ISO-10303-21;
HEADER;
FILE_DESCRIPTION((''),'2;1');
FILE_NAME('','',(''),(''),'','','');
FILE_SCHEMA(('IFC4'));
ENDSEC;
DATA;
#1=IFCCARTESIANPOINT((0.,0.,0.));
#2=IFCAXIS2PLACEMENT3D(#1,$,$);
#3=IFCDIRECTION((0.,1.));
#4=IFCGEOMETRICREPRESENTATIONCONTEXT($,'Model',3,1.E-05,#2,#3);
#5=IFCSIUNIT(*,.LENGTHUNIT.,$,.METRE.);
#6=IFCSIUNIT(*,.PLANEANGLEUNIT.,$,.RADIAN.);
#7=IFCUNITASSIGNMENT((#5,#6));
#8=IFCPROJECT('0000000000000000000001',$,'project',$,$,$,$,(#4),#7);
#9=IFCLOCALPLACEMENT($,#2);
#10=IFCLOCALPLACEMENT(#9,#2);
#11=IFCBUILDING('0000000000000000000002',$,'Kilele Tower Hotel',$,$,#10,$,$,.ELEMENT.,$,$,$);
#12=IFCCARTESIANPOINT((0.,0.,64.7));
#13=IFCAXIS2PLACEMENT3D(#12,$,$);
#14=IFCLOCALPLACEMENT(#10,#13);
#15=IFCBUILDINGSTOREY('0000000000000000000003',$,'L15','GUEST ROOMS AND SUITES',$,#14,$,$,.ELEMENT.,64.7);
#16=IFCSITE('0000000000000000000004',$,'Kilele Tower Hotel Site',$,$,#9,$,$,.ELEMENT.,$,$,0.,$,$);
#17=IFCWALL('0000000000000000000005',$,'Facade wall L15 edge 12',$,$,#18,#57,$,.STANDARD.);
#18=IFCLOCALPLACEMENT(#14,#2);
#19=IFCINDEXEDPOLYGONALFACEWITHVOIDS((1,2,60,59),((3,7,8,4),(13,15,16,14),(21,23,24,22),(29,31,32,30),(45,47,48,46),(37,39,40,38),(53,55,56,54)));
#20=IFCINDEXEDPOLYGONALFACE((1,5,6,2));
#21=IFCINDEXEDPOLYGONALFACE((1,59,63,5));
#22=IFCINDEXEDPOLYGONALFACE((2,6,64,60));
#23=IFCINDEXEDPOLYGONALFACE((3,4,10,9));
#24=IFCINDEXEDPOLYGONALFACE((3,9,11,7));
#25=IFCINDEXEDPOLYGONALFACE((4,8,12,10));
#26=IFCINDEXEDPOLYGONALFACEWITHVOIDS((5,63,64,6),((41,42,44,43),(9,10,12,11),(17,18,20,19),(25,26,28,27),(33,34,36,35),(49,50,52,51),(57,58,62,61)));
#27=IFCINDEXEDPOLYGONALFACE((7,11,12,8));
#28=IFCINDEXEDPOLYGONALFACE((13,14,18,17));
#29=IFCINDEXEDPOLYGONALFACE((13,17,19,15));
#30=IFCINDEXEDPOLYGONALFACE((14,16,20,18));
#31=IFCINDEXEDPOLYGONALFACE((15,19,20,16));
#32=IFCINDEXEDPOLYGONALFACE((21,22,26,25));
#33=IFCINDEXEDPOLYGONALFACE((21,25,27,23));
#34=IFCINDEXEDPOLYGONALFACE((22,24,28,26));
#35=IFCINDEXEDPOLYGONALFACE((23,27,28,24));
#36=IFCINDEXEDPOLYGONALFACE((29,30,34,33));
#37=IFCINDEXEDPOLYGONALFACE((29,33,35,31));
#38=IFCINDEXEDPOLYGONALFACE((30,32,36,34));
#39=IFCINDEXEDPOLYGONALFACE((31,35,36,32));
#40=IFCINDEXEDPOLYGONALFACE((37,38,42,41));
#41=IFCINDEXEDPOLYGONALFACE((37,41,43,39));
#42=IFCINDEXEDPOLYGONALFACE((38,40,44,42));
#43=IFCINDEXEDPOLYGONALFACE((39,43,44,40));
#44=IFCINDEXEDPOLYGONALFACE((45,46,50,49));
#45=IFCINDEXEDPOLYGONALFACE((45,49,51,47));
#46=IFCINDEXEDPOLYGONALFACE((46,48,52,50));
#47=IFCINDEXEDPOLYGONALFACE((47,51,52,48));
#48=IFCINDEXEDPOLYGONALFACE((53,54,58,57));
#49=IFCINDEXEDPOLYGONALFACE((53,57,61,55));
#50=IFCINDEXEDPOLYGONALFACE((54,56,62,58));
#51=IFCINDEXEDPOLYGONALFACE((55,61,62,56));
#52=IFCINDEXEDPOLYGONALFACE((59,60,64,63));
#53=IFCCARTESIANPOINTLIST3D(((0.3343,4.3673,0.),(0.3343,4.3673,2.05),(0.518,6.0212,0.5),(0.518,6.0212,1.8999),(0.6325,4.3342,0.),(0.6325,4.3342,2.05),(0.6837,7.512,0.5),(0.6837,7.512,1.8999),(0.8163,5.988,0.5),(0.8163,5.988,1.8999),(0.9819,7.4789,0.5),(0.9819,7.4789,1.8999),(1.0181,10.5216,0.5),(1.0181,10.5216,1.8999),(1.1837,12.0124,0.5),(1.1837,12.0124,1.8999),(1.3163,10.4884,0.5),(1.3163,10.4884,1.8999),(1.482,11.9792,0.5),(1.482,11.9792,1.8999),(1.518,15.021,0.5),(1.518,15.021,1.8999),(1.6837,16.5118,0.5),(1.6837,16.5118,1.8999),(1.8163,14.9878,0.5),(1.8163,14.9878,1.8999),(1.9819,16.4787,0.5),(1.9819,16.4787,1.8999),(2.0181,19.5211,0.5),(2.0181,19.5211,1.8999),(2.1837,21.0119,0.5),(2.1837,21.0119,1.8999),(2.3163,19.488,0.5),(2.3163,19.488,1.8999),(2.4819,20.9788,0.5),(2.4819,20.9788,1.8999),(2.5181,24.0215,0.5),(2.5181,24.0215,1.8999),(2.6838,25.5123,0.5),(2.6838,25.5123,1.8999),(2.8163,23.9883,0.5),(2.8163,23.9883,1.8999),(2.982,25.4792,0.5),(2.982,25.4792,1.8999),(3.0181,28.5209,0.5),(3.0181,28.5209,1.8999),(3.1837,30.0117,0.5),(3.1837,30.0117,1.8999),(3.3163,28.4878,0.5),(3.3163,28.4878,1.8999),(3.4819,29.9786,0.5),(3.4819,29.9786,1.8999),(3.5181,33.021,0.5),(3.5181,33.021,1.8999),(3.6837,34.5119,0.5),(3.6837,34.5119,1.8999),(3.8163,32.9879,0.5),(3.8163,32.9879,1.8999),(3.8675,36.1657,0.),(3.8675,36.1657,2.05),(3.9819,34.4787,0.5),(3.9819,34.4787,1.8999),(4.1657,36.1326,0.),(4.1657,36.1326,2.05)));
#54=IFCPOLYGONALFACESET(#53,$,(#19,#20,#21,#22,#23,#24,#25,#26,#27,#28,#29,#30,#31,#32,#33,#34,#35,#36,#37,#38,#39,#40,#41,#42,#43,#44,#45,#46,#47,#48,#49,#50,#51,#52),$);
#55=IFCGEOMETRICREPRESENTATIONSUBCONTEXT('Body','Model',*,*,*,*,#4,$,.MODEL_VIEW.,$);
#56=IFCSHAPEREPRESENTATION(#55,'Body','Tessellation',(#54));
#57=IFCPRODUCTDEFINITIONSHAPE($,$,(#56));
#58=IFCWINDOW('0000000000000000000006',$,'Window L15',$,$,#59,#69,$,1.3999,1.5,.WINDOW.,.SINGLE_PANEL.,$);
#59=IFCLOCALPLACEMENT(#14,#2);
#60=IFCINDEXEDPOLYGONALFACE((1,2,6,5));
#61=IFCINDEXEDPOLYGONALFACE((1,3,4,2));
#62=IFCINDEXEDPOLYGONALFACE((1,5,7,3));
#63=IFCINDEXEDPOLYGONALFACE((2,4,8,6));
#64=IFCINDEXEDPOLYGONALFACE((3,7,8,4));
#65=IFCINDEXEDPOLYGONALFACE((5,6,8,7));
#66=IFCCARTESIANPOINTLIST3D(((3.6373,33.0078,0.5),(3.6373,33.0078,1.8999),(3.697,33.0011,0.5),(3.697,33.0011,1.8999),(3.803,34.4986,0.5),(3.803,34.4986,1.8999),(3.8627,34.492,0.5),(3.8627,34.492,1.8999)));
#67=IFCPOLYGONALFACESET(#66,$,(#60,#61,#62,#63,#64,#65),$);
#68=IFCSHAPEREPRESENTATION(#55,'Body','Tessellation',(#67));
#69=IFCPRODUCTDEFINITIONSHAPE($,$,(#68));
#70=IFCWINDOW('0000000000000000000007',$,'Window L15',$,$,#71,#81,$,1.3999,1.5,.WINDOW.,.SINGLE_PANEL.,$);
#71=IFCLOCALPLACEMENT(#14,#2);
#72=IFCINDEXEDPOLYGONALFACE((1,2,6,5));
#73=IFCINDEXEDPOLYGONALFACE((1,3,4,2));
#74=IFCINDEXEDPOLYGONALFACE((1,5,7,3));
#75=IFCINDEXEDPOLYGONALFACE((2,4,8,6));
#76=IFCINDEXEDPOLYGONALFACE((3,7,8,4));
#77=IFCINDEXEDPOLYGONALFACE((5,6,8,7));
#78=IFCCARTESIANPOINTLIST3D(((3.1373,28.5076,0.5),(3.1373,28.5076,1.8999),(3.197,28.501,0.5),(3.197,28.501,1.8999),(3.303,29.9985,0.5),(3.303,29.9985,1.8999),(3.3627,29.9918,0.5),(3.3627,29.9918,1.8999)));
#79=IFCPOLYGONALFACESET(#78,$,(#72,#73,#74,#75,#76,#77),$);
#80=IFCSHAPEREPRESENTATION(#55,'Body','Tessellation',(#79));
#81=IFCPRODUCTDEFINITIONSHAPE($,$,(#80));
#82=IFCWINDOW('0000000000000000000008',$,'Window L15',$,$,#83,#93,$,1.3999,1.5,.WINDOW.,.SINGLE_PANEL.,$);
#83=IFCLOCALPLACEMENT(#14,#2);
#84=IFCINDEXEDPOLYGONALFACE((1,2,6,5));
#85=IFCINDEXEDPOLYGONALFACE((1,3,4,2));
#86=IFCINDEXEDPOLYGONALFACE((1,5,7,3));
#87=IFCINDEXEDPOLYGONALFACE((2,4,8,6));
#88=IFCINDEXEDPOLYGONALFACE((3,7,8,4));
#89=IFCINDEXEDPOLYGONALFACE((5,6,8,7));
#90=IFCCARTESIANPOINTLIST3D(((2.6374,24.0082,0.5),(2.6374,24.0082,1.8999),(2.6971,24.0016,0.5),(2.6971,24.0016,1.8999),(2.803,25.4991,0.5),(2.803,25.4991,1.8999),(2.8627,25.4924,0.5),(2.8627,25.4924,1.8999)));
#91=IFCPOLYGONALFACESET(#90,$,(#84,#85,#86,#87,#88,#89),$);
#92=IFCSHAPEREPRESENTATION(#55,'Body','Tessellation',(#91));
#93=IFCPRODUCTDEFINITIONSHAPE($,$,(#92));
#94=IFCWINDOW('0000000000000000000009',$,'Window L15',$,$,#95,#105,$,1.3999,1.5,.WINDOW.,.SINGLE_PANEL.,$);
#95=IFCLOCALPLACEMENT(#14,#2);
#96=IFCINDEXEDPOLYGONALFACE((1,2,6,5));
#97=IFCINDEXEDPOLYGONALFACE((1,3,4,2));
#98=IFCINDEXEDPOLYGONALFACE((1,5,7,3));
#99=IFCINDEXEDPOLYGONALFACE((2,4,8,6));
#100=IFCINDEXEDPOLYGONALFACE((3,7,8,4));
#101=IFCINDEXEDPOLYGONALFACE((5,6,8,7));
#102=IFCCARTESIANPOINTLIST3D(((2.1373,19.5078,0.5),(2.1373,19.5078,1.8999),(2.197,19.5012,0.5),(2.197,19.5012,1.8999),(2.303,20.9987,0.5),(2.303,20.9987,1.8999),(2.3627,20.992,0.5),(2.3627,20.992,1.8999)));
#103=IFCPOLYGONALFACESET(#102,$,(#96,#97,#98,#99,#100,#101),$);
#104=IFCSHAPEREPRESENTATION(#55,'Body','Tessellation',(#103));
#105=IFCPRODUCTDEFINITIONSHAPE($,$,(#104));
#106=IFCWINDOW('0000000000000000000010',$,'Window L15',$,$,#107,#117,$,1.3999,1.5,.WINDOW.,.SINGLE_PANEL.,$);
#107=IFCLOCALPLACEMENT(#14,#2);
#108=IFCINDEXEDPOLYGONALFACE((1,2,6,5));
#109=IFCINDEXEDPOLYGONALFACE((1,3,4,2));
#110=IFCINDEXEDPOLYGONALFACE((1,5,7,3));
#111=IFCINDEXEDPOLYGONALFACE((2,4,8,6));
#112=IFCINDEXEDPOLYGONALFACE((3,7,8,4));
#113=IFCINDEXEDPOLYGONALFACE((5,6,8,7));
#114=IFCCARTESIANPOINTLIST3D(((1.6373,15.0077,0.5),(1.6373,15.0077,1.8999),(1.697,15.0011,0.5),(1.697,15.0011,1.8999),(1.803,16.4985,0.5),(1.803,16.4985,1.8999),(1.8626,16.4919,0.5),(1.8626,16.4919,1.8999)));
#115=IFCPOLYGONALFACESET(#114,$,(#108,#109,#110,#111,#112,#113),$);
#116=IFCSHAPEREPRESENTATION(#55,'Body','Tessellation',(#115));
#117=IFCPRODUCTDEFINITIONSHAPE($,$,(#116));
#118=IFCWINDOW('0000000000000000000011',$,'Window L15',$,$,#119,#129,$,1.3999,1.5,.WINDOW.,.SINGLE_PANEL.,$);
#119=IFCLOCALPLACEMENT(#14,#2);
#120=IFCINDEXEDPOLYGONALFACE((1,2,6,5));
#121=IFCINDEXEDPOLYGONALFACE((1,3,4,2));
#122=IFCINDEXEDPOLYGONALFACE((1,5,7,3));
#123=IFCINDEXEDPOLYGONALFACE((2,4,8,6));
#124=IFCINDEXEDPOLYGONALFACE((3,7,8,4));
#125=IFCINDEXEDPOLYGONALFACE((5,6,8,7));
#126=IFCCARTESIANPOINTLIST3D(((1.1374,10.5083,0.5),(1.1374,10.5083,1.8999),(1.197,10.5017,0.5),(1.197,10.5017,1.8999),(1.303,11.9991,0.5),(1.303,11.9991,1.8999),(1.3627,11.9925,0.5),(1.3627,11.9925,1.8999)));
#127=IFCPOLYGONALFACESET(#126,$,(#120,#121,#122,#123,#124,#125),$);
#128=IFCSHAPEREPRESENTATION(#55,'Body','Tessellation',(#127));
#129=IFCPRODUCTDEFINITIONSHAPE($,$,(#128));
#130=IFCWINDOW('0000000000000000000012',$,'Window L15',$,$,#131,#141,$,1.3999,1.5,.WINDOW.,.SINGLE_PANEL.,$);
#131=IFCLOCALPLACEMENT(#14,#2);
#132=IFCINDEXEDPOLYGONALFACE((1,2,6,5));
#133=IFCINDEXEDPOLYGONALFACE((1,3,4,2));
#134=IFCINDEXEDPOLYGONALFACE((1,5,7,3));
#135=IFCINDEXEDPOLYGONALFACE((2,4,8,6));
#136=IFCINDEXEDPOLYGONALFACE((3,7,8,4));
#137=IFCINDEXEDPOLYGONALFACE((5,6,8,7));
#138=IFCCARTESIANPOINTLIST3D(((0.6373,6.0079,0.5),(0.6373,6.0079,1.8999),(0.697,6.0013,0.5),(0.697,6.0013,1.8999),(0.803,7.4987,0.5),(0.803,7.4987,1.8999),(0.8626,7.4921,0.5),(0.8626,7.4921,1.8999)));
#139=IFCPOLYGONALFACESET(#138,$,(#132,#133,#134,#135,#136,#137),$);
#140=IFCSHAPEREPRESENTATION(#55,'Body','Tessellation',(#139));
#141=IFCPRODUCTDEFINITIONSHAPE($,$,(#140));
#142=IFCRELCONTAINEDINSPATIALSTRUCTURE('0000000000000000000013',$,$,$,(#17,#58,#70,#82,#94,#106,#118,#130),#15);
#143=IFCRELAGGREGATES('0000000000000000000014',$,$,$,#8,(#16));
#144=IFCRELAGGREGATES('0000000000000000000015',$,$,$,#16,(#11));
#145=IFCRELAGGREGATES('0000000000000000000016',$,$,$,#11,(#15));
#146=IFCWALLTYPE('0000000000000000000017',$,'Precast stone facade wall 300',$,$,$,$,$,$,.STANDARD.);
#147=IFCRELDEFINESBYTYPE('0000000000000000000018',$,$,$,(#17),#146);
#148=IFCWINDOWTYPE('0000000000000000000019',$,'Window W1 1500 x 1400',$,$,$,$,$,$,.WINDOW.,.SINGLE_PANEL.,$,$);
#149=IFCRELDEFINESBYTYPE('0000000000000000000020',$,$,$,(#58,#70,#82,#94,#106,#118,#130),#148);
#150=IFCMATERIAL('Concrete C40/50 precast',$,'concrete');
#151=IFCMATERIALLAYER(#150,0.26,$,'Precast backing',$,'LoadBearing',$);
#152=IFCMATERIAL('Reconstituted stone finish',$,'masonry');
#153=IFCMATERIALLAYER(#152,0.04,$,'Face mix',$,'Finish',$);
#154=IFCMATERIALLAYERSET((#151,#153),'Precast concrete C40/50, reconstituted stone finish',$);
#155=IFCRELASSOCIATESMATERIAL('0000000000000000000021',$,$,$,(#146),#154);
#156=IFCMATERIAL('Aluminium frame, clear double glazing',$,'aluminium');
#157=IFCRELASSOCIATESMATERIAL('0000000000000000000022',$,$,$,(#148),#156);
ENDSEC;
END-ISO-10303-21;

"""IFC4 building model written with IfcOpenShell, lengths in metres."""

from ifc_helpers import new_model, si_unit, direction, frame, frame_2d, origin, place, context, subcontext, project, spatial, rectangle, extrude, material, layer, layer_set, type_object, element, fill, save


model = new_model("IFC4")

# Units and contexts
model_context = context("Model", 3, precision=1e-05, world=origin(), true_north=direction((0.0, 1.0)))
body_context = subcontext(model_context, "Body", "Model", "MODEL_VIEW")
ifc_project = project(units=[si_unit("LENGTHUNIT", "METRE"), si_unit("PLANEANGLEUNIT", "RADIAN")], contexts=[model_context])

# Site, building, storey
site_placement = place(None, origin())
site = spatial("IfcSite", under=ifc_project, at=site_placement, Name="Kilele Tower Hotel Site", CompositionType="ELEMENT", RefElevation=0.0)
building_placement = place(site_placement, origin())
building = spatial("IfcBuilding", under=site, at=building_placement, Name="Kilele Tower Hotel", CompositionType="ELEMENT")
storey_placement = place(building_placement, frame((0.0, 0.0, 64.7)))
storey = spatial("IfcBuildingStorey", under=building, at=storey_placement, Name="L15", Description="GUEST ROOMS AND SUITES", CompositionType="ELEMENT", Elevation=64.7)

# Shared definitions
ifc_material_1 = material(Name="Concrete C40/50 precast", Category="concrete")
ifc_layer_1 = layer(ifc_material_1, 0.26, Name="Precast backing", Category="LoadBearing")
ifc_material_2 = material(Name="Reconstituted stone finish", Category="masonry")
ifc_layer_2 = layer(ifc_material_2, 0.04, Name="Face mix", Category="Finish")
ifc_layer_set_1 = layer_set([ifc_layer_1, ifc_layer_2], Name="Precast concrete C40/50, reconstituted stone finish")
wall_type_1 = type_object("IfcWallType", Name="Precast stone facade wall 300", PredefinedType="STANDARD", material=ifc_layer_set_1)
ifc_material_3 = material(Name="Aluminium frame, clear double glazing", Category="aluminium")
window_type_1 = type_object("IfcWindowType", Name="Window W1 1500 x 1400", PartitioningType="SINGLE_PANEL", PredefinedType="WINDOW", material=ifc_material_3)

# Wall, openings, windows
wall_1_placement = place(storey_placement, frame((4.0166, 36.1492, 0.0), z_axis=(0.0, 0.0, 1.0), x_axis=(-0.110433, -0.993884, 0.0)))
wall_1 = element("IfcWall", 1, at=wall_1_placement, inside=storey, type_object=wall_type_1, Name="Facade wall L15 edge 12", PredefinedType="STANDARD", context=body_context, shape_type="SweptSolid", body=[
    extrude(rectangle(XDim=31.9941, YDim=0.3, at=frame_2d((15.9971, 0.0))), origin(), (0.0, 0.0, 1.0), 2.05),
])
opening_1_placement = place(wall_1_placement, frame((1.6641, 0.0, 0.5)))
opening_1 = element("IfcOpeningElement", 2, at=opening_1_placement, cuts=wall_1, PredefinedType="OPENING", context=body_context, shape_type="SweptSolid", body=[
    extrude(rectangle(XDim=1.5, YDim=1.3999, at=frame_2d((0.75, 0.7))), frame((0.0, 0.1599, 0.0), z_axis=(0.0, -1.0, 0.0), x_axis=(1.0, 0.0, 0.0)), (0.0, 0.0, 1.0), 0.3201),
])
opening_2_placement = place(wall_1_placement, frame((6.1919, 0.0, 0.5)))
opening_2 = element("IfcOpeningElement", 3, at=opening_2_placement, cuts=wall_1, PredefinedType="OPENING", context=body_context, shape_type="SweptSolid", body=[
    extrude(rectangle(XDim=1.5, YDim=1.3999, at=frame_2d((0.75, 0.7))), frame((0.0, 0.1599, 0.0), z_axis=(0.0, -1.0, 0.0), x_axis=(1.0, 0.0, 0.0)), (0.0, 0.0, 1.0), 0.3201),
])
opening_3_placement = place(wall_1_placement, frame((10.719, 0.0, 0.5)))
opening_3 = element("IfcOpeningElement", 4, at=opening_3_placement, cuts=wall_1, PredefinedType="OPENING", context=body_context, shape_type="SweptSolid", body=[
    extrude(rectangle(XDim=1.5, YDim=1.3999, at=frame_2d((0.75, 0.7))), frame((0.0, 0.1599, 0.0), z_axis=(0.0, -1.0, 0.0), x_axis=(1.0, 0.0, 0.0)), (0.0, 0.0, 1.0), 0.3201),
])
opening_4_placement = place(wall_1_placement, frame((15.2471, 0.0, 0.5)))
opening_4 = element("IfcOpeningElement", 5, at=opening_4_placement, cuts=wall_1, PredefinedType="OPENING", context=body_context, shape_type="SweptSolid", body=[
    extrude(rectangle(XDim=1.5, YDim=1.3999, at=frame_2d((0.75, 0.7))), frame((0.0, 0.1599, 0.0), z_axis=(0.0, -1.0, 0.0), x_axis=(1.0, 0.0, 0.0)), (0.0, 0.0, 1.0), 0.3201),
])
opening_5_placement = place(wall_1_placement, frame((19.7749, 0.0, 0.5)))
opening_5 = element("IfcOpeningElement", 6, at=opening_5_placement, cuts=wall_1, PredefinedType="OPENING", context=body_context, shape_type="SweptSolid", body=[
    extrude(rectangle(XDim=1.5, YDim=1.3999, at=frame_2d((0.75, 0.7))), frame((0.0, 0.1599, 0.0), z_axis=(0.0, -1.0, 0.0), x_axis=(1.0, 0.0, 0.0)), (0.0, 0.0, 1.0), 0.3201),
])
opening_6_placement = place(wall_1_placement, frame((24.302, 0.0, 0.5)))
opening_6 = element("IfcOpeningElement", 7, at=opening_6_placement, cuts=wall_1, PredefinedType="OPENING", context=body_context, shape_type="SweptSolid", body=[
    extrude(rectangle(XDim=1.5, YDim=1.3999, at=frame_2d((0.75, 0.7))), frame((0.0, 0.1599, 0.0), z_axis=(0.0, -1.0, 0.0), x_axis=(1.0, 0.0, 0.0)), (0.0, 0.0, 1.0), 0.3201),
])
opening_7_placement = place(wall_1_placement, frame((28.8301, 0.0, 0.5)))
opening_7 = element("IfcOpeningElement", 8, at=opening_7_placement, cuts=wall_1, PredefinedType="OPENING", context=body_context, shape_type="SweptSolid", body=[
    extrude(rectangle(XDim=1.5, YDim=1.3999, at=frame_2d((0.75, 0.7))), frame((0.0, 0.1599, 0.0), z_axis=(0.0, -1.0, 0.0), x_axis=(1.0, 0.0, 0.0)), (0.0, 0.0, 1.0), 0.3201),
])
window_1_placement = place(opening_1_placement, origin())
window_1 = element("IfcWindow", 9, at=window_1_placement, inside=storey, type_object=window_type_1, Name="Window L15", OverallHeight=1.3999, OverallWidth=1.5, PartitioningType="SINGLE_PANEL", PredefinedType="WINDOW", context=body_context, shape_type="SweptSolid", body=[
    extrude(rectangle(XDim=1.5, YDim=1.3999, at=frame_2d((0.75, 0.7))), frame((0.0, 0.03, 0.0), z_axis=(0.0, -1.0, 0.0), x_axis=(1.0, 0.0, 0.0)), (0.0, 0.0, 1.0), 0.0601),
])
fill(opening_1, window_1)
window_2_placement = place(opening_2_placement, origin())
window_2 = element("IfcWindow", 10, at=window_2_placement, inside=storey, type_object=window_type_1, Name="Window L15", OverallHeight=1.3999, OverallWidth=1.5, PartitioningType="SINGLE_PANEL", PredefinedType="WINDOW", context=body_context, shape_type="SweptSolid", body=[
    extrude(rectangle(XDim=1.5, YDim=1.3999, at=frame_2d((0.75, 0.7))), frame((0.0, 0.03, 0.0), z_axis=(0.0, -1.0, 0.0), x_axis=(1.0, 0.0, 0.0)), (0.0, 0.0, 1.0), 0.0601),
])
fill(opening_2, window_2)
window_3_placement = place(opening_3_placement, origin())
window_3 = element("IfcWindow", 11, at=window_3_placement, inside=storey, type_object=window_type_1, Name="Window L15", OverallHeight=1.3999, OverallWidth=1.5, PartitioningType="SINGLE_PANEL", PredefinedType="WINDOW", context=body_context, shape_type="SweptSolid", body=[
    extrude(rectangle(XDim=1.5, YDim=1.3999, at=frame_2d((0.75, 0.7))), frame((0.0, 0.03, 0.0), z_axis=(0.0, -1.0, 0.0), x_axis=(1.0, 0.0, 0.0)), (0.0, 0.0, 1.0), 0.0601),
])
fill(opening_3, window_3)
window_4_placement = place(opening_4_placement, origin())
window_4 = element("IfcWindow", 12, at=window_4_placement, inside=storey, type_object=window_type_1, Name="Window L15", OverallHeight=1.3999, OverallWidth=1.5, PartitioningType="SINGLE_PANEL", PredefinedType="WINDOW", context=body_context, shape_type="SweptSolid", body=[
    extrude(rectangle(XDim=1.5, YDim=1.3999, at=frame_2d((0.75, 0.7))), frame((0.0, 0.03, 0.0), z_axis=(0.0, -1.0, 0.0), x_axis=(1.0, 0.0, 0.0)), (0.0, 0.0, 1.0), 0.0601),
])
fill(opening_4, window_4)
window_5_placement = place(opening_5_placement, origin())
window_5 = element("IfcWindow", 13, at=window_5_placement, inside=storey, type_object=window_type_1, Name="Window L15", OverallHeight=1.3999, OverallWidth=1.5, PartitioningType="SINGLE_PANEL", PredefinedType="WINDOW", context=body_context, shape_type="SweptSolid", body=[
    extrude(rectangle(XDim=1.5, YDim=1.3999, at=frame_2d((0.75, 0.7))), frame((0.0, 0.03, 0.0), z_axis=(0.0, -1.0, 0.0), x_axis=(1.0, 0.0, 0.0)), (0.0, 0.0, 1.0), 0.0601),
])
fill(opening_5, window_5)
window_6_placement = place(opening_6_placement, origin())
window_6 = element("IfcWindow", 14, at=window_6_placement, inside=storey, type_object=window_type_1, Name="Window L15", OverallHeight=1.3999, OverallWidth=1.5, PartitioningType="SINGLE_PANEL", PredefinedType="WINDOW", context=body_context, shape_type="SweptSolid", body=[
    extrude(rectangle(XDim=1.5, YDim=1.3999, at=frame_2d((0.75, 0.7))), frame((0.0, 0.03, 0.0), z_axis=(0.0, -1.0, 0.0), x_axis=(1.0, 0.0, 0.0)), (0.0, 0.0, 1.0), 0.0601),
])
fill(opening_6, window_6)
window_7_placement = place(opening_7_placement, origin())
window_7 = element("IfcWindow", 15, at=window_7_placement, inside=storey, type_object=window_type_1, Name="Window L15", OverallHeight=1.3999, OverallWidth=1.5, PartitioningType="SINGLE_PANEL", PredefinedType="WINDOW", context=body_context, shape_type="SweptSolid", body=[
    extrude(rectangle(XDim=1.5, YDim=1.3999, at=frame_2d((0.75, 0.7))), frame((0.0, 0.03, 0.0), z_axis=(0.0, -1.0, 0.0), x_axis=(1.0, 0.0, 0.0)), (0.0, 0.0, 1.0), 0.0601),
])
fill(opening_7, window_7)

save(model, "model.ifc")
